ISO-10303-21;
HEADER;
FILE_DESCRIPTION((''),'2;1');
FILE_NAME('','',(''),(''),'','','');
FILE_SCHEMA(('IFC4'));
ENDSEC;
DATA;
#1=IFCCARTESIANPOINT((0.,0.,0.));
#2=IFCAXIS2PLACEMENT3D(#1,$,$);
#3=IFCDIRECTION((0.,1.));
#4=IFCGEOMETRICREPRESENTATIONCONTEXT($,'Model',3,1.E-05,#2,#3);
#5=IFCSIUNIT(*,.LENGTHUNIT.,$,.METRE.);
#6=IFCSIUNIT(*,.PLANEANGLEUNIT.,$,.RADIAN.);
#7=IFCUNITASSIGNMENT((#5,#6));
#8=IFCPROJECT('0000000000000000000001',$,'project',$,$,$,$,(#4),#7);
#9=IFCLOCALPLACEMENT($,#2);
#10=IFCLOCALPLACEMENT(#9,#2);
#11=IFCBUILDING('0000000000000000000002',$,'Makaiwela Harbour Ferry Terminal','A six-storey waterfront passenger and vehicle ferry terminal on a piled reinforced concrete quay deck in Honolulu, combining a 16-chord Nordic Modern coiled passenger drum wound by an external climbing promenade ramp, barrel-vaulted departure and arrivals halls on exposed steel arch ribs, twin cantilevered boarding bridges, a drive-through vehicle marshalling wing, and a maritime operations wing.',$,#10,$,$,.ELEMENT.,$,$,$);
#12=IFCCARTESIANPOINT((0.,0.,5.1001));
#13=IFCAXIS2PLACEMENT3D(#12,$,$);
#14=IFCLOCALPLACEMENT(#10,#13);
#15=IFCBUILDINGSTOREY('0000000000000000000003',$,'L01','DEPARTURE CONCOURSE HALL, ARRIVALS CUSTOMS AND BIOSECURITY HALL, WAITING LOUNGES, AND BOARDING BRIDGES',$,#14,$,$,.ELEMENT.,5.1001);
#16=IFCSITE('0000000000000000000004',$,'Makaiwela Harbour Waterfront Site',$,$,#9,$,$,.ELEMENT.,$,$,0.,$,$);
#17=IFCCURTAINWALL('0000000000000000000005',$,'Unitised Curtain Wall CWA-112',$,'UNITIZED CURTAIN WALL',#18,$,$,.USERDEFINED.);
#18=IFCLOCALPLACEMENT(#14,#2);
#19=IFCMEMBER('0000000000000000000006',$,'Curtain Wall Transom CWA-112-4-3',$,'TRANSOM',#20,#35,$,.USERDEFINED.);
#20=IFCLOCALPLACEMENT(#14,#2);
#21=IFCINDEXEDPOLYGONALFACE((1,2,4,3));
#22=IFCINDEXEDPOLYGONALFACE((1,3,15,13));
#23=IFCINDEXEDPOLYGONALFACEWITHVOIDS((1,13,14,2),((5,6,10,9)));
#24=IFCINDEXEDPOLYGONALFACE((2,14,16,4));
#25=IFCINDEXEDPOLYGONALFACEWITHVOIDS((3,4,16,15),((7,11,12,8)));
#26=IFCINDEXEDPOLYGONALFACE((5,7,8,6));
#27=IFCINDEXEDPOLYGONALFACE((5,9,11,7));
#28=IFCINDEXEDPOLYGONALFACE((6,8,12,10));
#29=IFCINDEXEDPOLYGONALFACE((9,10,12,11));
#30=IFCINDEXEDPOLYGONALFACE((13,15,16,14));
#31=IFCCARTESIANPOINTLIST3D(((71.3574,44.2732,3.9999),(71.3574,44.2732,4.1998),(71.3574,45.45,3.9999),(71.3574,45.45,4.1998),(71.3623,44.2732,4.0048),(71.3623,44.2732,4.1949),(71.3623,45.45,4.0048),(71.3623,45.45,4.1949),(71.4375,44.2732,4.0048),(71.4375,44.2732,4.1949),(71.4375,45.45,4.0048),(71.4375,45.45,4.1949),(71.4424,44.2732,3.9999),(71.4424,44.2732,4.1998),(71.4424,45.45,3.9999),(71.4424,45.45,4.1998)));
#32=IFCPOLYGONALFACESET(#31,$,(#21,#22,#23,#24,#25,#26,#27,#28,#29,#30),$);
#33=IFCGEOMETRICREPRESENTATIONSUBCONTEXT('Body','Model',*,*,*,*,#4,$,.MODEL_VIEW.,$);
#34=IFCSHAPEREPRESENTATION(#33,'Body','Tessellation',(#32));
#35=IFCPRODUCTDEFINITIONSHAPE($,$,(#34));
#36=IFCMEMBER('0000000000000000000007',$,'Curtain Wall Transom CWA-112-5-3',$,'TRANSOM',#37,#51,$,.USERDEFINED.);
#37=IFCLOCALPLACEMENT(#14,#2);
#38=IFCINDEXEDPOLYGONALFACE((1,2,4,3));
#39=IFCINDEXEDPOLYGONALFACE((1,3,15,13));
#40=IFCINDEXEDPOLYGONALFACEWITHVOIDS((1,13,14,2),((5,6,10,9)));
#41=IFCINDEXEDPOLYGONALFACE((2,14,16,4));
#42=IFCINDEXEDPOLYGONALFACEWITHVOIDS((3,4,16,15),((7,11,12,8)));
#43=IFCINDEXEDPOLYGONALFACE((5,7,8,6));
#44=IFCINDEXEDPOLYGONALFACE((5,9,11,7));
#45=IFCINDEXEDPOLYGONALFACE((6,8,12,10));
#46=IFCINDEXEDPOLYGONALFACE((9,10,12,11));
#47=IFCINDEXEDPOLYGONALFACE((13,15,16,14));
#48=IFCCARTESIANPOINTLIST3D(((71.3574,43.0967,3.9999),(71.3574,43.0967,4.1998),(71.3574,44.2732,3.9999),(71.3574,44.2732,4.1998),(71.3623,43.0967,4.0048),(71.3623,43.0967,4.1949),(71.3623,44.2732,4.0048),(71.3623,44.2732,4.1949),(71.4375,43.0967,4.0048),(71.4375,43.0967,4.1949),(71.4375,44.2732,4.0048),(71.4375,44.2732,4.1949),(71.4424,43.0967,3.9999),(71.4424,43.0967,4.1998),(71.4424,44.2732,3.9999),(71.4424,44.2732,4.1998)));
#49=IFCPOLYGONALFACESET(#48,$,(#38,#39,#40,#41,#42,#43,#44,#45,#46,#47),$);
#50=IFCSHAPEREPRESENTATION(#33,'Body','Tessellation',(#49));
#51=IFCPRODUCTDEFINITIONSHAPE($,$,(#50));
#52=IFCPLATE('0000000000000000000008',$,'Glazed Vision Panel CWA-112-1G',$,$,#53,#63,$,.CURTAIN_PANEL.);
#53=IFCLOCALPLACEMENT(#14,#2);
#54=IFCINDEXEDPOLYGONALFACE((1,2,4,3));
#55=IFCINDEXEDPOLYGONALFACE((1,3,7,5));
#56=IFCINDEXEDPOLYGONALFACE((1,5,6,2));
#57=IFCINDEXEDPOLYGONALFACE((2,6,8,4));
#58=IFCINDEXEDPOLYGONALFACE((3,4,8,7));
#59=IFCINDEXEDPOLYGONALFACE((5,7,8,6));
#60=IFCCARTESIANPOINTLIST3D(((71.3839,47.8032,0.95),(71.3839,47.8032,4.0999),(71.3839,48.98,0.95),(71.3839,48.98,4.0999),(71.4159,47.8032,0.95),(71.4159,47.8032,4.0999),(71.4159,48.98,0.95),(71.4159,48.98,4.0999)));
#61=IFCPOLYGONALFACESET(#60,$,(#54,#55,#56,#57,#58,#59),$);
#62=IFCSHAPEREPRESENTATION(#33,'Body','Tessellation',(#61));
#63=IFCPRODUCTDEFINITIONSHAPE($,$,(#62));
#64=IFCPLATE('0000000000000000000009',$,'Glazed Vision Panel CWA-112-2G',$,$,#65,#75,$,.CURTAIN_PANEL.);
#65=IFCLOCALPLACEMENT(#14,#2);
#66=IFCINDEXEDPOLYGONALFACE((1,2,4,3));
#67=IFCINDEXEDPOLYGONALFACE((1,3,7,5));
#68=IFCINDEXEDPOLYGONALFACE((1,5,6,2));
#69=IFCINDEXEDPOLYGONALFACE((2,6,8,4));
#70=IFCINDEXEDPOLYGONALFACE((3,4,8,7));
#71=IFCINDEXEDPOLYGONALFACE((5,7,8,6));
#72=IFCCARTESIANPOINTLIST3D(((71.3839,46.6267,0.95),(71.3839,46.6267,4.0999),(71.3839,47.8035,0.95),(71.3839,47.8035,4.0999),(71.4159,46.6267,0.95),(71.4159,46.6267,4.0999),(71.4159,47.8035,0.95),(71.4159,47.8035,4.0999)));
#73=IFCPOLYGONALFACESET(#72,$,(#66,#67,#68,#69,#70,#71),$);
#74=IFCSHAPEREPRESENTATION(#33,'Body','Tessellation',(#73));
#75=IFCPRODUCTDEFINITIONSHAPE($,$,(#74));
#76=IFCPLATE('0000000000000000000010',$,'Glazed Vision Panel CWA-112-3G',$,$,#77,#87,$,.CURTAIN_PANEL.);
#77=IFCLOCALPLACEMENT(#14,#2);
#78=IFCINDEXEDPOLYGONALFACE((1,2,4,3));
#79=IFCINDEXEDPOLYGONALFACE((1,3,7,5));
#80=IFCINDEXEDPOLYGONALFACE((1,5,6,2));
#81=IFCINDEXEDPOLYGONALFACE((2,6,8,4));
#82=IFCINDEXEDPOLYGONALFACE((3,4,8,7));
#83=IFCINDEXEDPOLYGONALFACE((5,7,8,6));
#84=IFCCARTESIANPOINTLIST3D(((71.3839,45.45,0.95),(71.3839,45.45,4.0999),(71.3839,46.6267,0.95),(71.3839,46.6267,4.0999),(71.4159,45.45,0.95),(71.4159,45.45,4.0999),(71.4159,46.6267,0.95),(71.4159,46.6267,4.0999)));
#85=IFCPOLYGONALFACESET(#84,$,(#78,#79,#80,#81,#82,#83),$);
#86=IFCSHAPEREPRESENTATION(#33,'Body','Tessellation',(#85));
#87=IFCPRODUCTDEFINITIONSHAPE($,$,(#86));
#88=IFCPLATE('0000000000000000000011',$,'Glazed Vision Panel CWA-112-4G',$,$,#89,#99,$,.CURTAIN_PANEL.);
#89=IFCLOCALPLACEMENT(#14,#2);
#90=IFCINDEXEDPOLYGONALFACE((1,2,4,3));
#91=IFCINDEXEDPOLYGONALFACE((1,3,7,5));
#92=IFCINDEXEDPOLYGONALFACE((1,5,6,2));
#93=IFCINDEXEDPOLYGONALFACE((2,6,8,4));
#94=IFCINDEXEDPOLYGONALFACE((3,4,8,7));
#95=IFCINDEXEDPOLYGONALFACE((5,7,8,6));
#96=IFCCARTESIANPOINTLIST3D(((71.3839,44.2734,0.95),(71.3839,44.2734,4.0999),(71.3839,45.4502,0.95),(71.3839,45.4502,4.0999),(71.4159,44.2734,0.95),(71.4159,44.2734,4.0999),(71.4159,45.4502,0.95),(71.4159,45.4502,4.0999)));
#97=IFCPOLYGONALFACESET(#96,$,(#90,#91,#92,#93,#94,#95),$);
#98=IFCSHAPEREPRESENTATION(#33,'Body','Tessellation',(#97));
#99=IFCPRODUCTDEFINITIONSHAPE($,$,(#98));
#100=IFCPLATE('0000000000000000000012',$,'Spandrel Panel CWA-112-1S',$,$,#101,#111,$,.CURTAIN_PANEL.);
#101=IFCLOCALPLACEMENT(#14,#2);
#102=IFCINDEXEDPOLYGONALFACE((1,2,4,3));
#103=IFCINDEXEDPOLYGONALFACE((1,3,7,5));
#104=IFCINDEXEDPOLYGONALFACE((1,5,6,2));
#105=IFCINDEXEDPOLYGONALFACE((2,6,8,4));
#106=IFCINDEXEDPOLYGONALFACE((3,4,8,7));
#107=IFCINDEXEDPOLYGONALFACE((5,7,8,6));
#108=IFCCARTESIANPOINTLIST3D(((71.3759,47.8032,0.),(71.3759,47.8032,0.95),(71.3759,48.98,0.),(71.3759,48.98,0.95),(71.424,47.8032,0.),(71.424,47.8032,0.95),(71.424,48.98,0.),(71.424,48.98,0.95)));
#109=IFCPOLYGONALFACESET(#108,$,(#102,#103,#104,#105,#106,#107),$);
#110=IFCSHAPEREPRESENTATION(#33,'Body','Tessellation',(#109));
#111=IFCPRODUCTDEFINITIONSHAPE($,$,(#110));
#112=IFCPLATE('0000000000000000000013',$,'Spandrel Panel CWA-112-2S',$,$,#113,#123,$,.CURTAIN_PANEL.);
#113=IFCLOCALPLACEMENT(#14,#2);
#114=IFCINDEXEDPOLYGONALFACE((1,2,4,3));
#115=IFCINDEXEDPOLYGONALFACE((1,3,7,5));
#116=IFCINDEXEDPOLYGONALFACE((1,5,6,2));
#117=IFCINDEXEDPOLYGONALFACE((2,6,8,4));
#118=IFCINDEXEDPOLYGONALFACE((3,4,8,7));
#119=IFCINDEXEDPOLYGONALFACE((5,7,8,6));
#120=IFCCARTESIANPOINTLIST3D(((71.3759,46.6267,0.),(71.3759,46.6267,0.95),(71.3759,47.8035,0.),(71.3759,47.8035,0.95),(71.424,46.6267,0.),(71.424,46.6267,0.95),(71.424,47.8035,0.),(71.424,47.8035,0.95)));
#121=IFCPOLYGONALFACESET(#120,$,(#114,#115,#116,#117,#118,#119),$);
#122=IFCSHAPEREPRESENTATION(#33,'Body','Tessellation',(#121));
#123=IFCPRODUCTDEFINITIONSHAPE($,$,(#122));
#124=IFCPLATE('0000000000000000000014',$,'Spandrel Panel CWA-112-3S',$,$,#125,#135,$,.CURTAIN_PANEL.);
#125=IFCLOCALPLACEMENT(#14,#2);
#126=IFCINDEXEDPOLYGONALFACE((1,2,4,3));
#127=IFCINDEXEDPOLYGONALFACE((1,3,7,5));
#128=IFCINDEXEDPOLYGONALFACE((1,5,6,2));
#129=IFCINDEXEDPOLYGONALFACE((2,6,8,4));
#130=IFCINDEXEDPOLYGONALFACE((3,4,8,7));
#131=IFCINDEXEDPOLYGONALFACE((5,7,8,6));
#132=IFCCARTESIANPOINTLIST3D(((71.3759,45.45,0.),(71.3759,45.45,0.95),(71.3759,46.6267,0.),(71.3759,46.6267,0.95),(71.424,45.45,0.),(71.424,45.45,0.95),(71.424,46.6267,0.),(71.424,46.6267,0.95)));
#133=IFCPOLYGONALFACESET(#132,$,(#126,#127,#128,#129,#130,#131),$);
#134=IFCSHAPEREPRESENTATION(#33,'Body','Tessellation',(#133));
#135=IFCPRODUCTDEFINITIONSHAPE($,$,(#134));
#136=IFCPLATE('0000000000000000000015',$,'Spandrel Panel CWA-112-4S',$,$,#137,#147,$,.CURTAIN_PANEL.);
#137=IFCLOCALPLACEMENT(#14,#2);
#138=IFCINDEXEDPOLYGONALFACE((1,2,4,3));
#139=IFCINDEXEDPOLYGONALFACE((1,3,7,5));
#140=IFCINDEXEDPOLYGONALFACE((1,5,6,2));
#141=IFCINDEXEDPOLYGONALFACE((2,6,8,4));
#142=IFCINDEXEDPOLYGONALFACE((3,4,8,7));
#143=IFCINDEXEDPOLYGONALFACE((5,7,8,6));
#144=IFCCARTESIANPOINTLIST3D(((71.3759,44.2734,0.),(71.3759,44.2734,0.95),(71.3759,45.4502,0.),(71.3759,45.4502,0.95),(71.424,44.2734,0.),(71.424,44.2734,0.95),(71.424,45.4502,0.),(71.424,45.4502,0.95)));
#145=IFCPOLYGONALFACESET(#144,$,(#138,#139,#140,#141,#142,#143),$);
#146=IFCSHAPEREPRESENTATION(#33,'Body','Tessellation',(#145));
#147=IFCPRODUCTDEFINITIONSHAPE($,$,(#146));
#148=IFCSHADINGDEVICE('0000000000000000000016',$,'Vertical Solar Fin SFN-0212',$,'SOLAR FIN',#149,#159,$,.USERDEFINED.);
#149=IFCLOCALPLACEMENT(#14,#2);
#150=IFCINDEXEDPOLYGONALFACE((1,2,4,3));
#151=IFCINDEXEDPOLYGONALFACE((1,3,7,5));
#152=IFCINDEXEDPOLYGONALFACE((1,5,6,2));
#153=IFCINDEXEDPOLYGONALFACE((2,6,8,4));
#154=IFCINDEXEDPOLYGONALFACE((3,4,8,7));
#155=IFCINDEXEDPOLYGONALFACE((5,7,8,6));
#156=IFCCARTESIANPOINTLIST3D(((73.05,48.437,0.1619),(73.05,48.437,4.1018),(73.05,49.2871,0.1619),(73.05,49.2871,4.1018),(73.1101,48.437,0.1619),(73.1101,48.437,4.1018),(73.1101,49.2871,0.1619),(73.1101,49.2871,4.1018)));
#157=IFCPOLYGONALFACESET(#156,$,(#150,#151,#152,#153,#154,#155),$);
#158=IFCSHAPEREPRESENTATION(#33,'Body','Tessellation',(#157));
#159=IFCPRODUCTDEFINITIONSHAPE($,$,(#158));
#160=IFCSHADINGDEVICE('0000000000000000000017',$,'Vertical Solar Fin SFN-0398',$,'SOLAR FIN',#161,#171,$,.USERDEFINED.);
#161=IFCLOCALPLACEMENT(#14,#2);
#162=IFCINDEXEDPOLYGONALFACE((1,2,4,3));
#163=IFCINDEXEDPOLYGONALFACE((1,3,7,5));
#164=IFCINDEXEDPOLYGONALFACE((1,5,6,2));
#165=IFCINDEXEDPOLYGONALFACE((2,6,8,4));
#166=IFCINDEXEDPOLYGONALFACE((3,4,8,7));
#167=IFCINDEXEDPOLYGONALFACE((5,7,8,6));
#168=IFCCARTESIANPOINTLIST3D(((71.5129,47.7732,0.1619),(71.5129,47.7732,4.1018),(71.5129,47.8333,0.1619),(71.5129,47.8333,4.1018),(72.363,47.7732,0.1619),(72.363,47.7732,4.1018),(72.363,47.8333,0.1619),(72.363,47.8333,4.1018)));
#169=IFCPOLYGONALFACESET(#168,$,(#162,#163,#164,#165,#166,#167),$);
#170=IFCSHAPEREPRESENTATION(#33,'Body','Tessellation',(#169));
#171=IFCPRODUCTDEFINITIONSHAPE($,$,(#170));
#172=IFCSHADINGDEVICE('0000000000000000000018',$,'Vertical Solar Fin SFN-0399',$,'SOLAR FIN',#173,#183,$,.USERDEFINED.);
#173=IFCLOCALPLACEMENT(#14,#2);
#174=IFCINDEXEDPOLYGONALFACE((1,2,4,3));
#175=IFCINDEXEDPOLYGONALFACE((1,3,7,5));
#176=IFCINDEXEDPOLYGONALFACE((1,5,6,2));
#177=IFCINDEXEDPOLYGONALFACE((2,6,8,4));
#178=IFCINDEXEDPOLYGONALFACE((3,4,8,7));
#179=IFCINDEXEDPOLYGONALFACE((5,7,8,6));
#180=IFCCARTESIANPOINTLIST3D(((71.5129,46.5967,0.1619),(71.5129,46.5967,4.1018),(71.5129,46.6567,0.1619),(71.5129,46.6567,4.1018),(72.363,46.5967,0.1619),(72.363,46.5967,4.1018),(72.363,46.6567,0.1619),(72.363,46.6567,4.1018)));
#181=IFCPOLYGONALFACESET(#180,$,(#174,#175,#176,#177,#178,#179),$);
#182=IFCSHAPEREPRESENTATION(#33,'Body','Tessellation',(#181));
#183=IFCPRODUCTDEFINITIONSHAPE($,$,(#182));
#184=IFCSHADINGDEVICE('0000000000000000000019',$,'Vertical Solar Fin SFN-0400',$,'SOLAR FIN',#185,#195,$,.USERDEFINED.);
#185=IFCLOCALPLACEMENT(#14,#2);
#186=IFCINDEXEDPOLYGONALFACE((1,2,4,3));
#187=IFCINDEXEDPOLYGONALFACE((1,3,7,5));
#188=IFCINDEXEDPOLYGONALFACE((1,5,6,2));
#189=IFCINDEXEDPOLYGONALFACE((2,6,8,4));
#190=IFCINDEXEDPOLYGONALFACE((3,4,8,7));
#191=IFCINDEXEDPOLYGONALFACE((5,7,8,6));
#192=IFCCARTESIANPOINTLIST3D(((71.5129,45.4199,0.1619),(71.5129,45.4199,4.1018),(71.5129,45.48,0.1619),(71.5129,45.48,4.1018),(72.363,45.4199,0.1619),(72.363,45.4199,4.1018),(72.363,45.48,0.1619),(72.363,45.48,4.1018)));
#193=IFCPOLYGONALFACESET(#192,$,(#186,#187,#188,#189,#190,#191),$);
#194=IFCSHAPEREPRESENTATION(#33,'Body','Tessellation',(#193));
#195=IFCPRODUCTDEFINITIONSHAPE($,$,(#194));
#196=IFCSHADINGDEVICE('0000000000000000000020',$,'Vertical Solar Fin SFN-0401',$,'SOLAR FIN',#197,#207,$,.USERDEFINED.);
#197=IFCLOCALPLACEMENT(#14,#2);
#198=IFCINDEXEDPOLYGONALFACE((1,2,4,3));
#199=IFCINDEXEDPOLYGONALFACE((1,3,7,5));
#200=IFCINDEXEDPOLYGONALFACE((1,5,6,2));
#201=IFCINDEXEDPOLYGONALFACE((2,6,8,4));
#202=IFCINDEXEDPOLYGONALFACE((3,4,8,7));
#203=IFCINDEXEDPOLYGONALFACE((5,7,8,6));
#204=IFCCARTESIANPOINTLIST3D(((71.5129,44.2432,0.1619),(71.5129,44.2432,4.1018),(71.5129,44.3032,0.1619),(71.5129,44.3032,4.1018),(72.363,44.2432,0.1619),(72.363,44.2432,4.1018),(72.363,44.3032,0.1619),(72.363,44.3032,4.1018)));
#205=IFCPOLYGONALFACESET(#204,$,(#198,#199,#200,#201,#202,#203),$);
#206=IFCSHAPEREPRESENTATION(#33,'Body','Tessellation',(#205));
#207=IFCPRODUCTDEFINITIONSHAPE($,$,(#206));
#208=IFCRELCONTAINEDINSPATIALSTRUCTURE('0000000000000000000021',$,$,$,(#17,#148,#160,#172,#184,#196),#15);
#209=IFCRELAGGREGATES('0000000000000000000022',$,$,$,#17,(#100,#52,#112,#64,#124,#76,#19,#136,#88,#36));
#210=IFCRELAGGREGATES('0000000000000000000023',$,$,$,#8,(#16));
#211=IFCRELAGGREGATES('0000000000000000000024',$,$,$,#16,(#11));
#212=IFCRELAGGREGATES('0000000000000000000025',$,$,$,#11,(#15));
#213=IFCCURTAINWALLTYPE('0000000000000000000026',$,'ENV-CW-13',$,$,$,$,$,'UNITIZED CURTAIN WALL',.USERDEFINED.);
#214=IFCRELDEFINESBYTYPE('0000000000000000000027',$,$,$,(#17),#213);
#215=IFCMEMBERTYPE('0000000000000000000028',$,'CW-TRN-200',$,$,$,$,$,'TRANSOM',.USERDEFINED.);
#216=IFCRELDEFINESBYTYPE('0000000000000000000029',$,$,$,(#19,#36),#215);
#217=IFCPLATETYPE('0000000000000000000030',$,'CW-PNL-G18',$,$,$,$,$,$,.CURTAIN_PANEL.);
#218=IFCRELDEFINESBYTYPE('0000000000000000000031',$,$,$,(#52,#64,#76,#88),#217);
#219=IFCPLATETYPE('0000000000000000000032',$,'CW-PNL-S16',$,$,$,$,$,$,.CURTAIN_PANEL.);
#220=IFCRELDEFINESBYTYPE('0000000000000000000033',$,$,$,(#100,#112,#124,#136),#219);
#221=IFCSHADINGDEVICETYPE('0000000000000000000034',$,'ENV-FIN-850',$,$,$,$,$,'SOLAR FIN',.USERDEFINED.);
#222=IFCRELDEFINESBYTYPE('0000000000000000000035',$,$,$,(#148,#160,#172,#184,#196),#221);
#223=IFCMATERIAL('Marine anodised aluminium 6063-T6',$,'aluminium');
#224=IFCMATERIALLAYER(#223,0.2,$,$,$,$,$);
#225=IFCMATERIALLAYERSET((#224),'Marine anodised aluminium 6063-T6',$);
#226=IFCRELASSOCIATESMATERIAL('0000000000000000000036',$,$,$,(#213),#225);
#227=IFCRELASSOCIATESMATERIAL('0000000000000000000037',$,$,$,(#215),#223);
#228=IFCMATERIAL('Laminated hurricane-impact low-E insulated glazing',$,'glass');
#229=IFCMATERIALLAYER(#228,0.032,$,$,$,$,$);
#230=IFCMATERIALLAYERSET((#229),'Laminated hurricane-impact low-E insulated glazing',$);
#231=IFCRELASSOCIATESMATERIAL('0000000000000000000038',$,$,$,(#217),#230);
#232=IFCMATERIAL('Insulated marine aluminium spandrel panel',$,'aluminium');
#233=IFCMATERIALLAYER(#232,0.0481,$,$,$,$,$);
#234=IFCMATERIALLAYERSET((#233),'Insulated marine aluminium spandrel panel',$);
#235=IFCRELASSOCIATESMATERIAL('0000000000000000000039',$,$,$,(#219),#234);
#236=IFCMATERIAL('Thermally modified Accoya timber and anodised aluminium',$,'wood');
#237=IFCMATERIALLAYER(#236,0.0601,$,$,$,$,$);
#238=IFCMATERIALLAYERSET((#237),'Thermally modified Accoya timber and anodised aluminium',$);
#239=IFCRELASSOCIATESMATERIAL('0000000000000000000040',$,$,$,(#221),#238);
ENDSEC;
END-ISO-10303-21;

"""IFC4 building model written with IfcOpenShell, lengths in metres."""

from ifc_helpers import new_model, si_unit, direction, frame, origin, origin_2d, place, context, subcontext, project, spatial, rectangle, hollow_rectangle, extrude, material, layer, layer_set, material_profile, profile_set, type_object, element, aggregate, save


model = new_model("IFC4")

# Units and contexts
model_context = context("Model", 3, precision=1e-05, world=origin(), true_north=direction((0.0, 1.0)))
body_context = subcontext(model_context, "Body", "Model", "MODEL_VIEW")
ifc_project = project(units=[si_unit("LENGTHUNIT", "METRE"), si_unit("PLANEANGLEUNIT", "RADIAN")], contexts=[model_context])

# Site, building, storey
site_placement = place(None, origin())
site = spatial("IfcSite", under=ifc_project, at=site_placement, Name="Makaiwela Harbour Waterfront Site", CompositionType="ELEMENT", RefElevation=0.0)
building_placement = place(site_placement, origin())
building = spatial("IfcBuilding", under=site, at=building_placement, Name="Makaiwela Harbour Ferry Terminal", Description="A six-storey waterfront passenger and vehicle ferry terminal on a piled reinforced concrete quay deck in Honolulu, combining a 16-chord Nordic Modern coiled passenger drum wound by an external climbing promenade ramp, barrel-vaulted departure and arrivals halls on exposed steel arch ribs, twin cantilevered boarding bridges, a drive-through vehicle marshalling wing, and a maritime operations wing.", CompositionType="ELEMENT")
storey_placement = place(building_placement, frame((0.0, 0.0, 5.1001)))
storey = spatial("IfcBuildingStorey", under=building, at=storey_placement, Name="L01", Description="DEPARTURE CONCOURSE HALL, ARRIVALS CUSTOMS AND BIOSECURITY HALL, WAITING LOUNGES, AND BOARDING BRIDGES", CompositionType="ELEMENT", Elevation=5.1001)

# Curtain wall, members, plates
ifc_material_1 = material(Name="Marine anodised aluminium 6063-T6", Category="aluminium")
ifc_layer_1 = layer(ifc_material_1, 0.2)
ifc_layer_set_1 = layer_set([ifc_layer_1], Name="Marine anodised aluminium 6063-T6")
curtain_wall_type = type_object("IfcCurtainWallType", Name="ENV-CW-13", ElementType="UNITIZED CURTAIN WALL", PredefinedType="USERDEFINED", material=ifc_layer_set_1)
curtain_wall_placement = place(storey_placement, origin())
curtain_wall = element("IfcCurtainWall", 1, at=curtain_wall_placement, inside=storey, type_object=curtain_wall_type, Name="Unitised Curtain Wall CWA-112", ObjectType="UNITIZED CURTAIN WALL", PredefinedType="USERDEFINED")
ifc_material_profile_1 = material_profile(ifc_material_1, hollow_rectangle(XDim=0.085, YDim=0.2, WallThickness=0.0049, at=origin_2d()), Name="CWT-200X85")
ifc_profile_set_1 = profile_set([ifc_material_profile_1], Name="Marine anodised aluminium 6063-T6")
member_type_1 = type_object("IfcMemberType", Name="CW-TRN-200", ElementType="TRANSOM", PredefinedType="USERDEFINED", material=ifc_profile_set_1)
member_1_placement = place(storey_placement, frame((71.3999, 45.45, 4.0999), z_axis=(0.0, -1.0, 0.0), x_axis=(1.0, 0.0, 0.0)))
member_1 = element("IfcMember", 2, at=member_1_placement, type_object=member_type_1, Name="Curtain Wall Transom CWA-112-4-3", ObjectType="TRANSOM", PredefinedType="USERDEFINED", context=body_context, shape_type="SweptSolid", body=[
    extrude(hollow_rectangle(XDim=0.085, YDim=0.2, WallThickness=0.0049, at=origin_2d()), origin(), (0.0, 0.0, 1.0), 1.1768),
])
member_2_placement = place(storey_placement, frame((71.3999, 44.2732, 4.0999), z_axis=(0.0, -1.0, 0.0), x_axis=(1.0, 0.0, 0.0)))
member_2 = element("IfcMember", 3, at=member_2_placement, type_object=member_type_1, Name="Curtain Wall Transom CWA-112-5-3", ObjectType="TRANSOM", PredefinedType="USERDEFINED", context=body_context, shape_type="SweptSolid", body=[
    extrude(hollow_rectangle(XDim=0.085, YDim=0.2, WallThickness=0.0049, at=origin_2d()), origin(), (0.0, 0.0, 1.0), 1.1765),
])
ifc_material_2 = material(Name="Laminated hurricane-impact low-E insulated glazing", Category="glass")
ifc_layer_2 = layer(ifc_material_2, 0.032)
ifc_layer_set_2 = layer_set([ifc_layer_2], Name="Laminated hurricane-impact low-E insulated glazing")
plate_type_1 = type_object("IfcPlateType", Name="CW-PNL-G18", PredefinedType="CURTAIN_PANEL", material=ifc_layer_set_2)
plate_1_placement = place(storey_placement, frame((71.3999, 48.3916, 0.95), z_axis=(0.0, 0.0, 1.0), x_axis=(0.0, -1.0, 0.0)))
plate_1 = element("IfcPlate", 4, at=plate_1_placement, type_object=plate_type_1, Name="Glazed Vision Panel CWA-112-1G", PredefinedType="CURTAIN_PANEL", context=body_context, shape_type="SweptSolid", body=[
    extrude(rectangle(XDim=1.1768, YDim=0.032, at=origin_2d()), origin(), (0.0, 0.0, 1.0), 3.1499),
])
plate_2_placement = place(storey_placement, frame((71.3999, 47.2151, 0.95), z_axis=(0.0, 0.0, 1.0), x_axis=(0.0, -1.0, 0.0)))
plate_2 = element("IfcPlate", 5, at=plate_2_placement, type_object=plate_type_1, Name="Glazed Vision Panel CWA-112-2G", PredefinedType="CURTAIN_PANEL", context=body_context, shape_type="SweptSolid", body=[
    extrude(rectangle(XDim=1.1768, YDim=0.032, at=origin_2d()), origin(), (0.0, 0.0, 1.0), 3.1499),
])
plate_3_placement = place(storey_placement, frame((71.3999, 46.0383, 0.95), z_axis=(0.0, 0.0, 1.0), x_axis=(0.0, -1.0, 0.0)))
plate_3 = element("IfcPlate", 6, at=plate_3_placement, type_object=plate_type_1, Name="Glazed Vision Panel CWA-112-3G", PredefinedType="CURTAIN_PANEL", context=body_context, shape_type="SweptSolid", body=[
    extrude(rectangle(XDim=1.1768, YDim=0.032, at=origin_2d()), origin(), (0.0, 0.0, 1.0), 3.1499),
])
plate_4_placement = place(storey_placement, frame((71.3999, 44.8618, 0.95), z_axis=(0.0, 0.0, 1.0), x_axis=(0.0, -1.0, 0.0)))
plate_4 = element("IfcPlate", 7, at=plate_4_placement, type_object=plate_type_1, Name="Glazed Vision Panel CWA-112-4G", PredefinedType="CURTAIN_PANEL", context=body_context, shape_type="SweptSolid", body=[
    extrude(rectangle(XDim=1.1768, YDim=0.032, at=origin_2d()), origin(), (0.0, 0.0, 1.0), 3.1499),
])
ifc_material_3 = material(Name="Insulated marine aluminium spandrel panel", Category="aluminium")
ifc_layer_3 = layer(ifc_material_3, 0.0481)
ifc_layer_set_3 = layer_set([ifc_layer_3], Name="Insulated marine aluminium spandrel panel")
plate_type_2 = type_object("IfcPlateType", Name="CW-PNL-S16", PredefinedType="CURTAIN_PANEL", material=ifc_layer_set_3)
plate_5_placement = place(storey_placement, frame((71.3999, 48.3916, 0.0), z_axis=(0.0, 0.0, 1.0), x_axis=(0.0, -1.0, 0.0)))
plate_5 = element("IfcPlate", 8, at=plate_5_placement, type_object=plate_type_2, Name="Spandrel Panel CWA-112-1S", PredefinedType="CURTAIN_PANEL", context=body_context, shape_type="SweptSolid", body=[
    extrude(rectangle(XDim=1.1768, YDim=0.0481, at=origin_2d()), origin(), (0.0, 0.0, 1.0), 0.95),
])
plate_6_placement = place(storey_placement, frame((71.3999, 47.2151, 0.0), z_axis=(0.0, 0.0, 1.0), x_axis=(0.0, -1.0, 0.0)))
plate_6 = element("IfcPlate", 9, at=plate_6_placement, type_object=plate_type_2, Name="Spandrel Panel CWA-112-2S", PredefinedType="CURTAIN_PANEL", context=body_context, shape_type="SweptSolid", body=[
    extrude(rectangle(XDim=1.1768, YDim=0.0481, at=origin_2d()), origin(), (0.0, 0.0, 1.0), 0.95),
])
plate_7_placement = place(storey_placement, frame((71.3999, 46.0383, 0.0), z_axis=(0.0, 0.0, 1.0), x_axis=(0.0, -1.0, 0.0)))
plate_7 = element("IfcPlate", 10, at=plate_7_placement, type_object=plate_type_2, Name="Spandrel Panel CWA-112-3S", PredefinedType="CURTAIN_PANEL", context=body_context, shape_type="SweptSolid", body=[
    extrude(rectangle(XDim=1.1768, YDim=0.0481, at=origin_2d()), origin(), (0.0, 0.0, 1.0), 0.95),
])
plate_8_placement = place(storey_placement, frame((71.3999, 44.8618, 0.0), z_axis=(0.0, 0.0, 1.0), x_axis=(0.0, -1.0, 0.0)))
plate_8 = element("IfcPlate", 11, at=plate_8_placement, type_object=plate_type_2, Name="Spandrel Panel CWA-112-4S", PredefinedType="CURTAIN_PANEL", context=body_context, shape_type="SweptSolid", body=[
    extrude(rectangle(XDim=1.1768, YDim=0.0481, at=origin_2d()), origin(), (0.0, 0.0, 1.0), 0.95),
])
aggregate(curtain_wall, [plate_5, plate_1, plate_6, plate_2, plate_7, plate_3, member_1, plate_8, plate_4, member_2])

# Shading devices
ifc_material_4 = material(Name="Thermally modified Accoya timber and anodised aluminium", Category="wood")
ifc_layer_4 = layer(ifc_material_4, 0.0601)
ifc_layer_set_4 = layer_set([ifc_layer_4], Name="Thermally modified Accoya timber and anodised aluminium")
shading_device_type = type_object("IfcShadingDeviceType", Name="ENV-FIN-850", ElementType="SOLAR FIN", PredefinedType="USERDEFINED", material=ifc_layer_set_4)
for number, where, z_axis, x_axis, name in (
    (12, (73.0801, 48.8621, 0.1619), (0.0, 0.0, 1.0), (0.0, -1.0, 0.0), "Vertical Solar Fin SFN-0212"),
    (13, (71.938, 47.8032, 0.1619), (0.0, 0.0, 1.0), (1.0, 0.0, 0.0), "Vertical Solar Fin SFN-0398"),
    (14, (71.938, 46.6267, 0.1619), (0.0, 0.0, 1.0), (1.0, 0.0, 0.0), "Vertical Solar Fin SFN-0399"),
    (15, (71.938, 45.45, 0.1619), (0.0, 0.0, 1.0), (1.0, 0.0, 0.0), "Vertical Solar Fin SFN-0400"),
    (16, (71.938, 44.2732, 0.1619), (0.0, 0.0, 1.0), (1.0, 0.0, 0.0), "Vertical Solar Fin SFN-0401"),
):
    element("IfcShadingDevice", number, at=place(storey_placement, frame(where, z_axis=z_axis, x_axis=x_axis)), inside=storey, type_object=shading_device_type, Name=name, ObjectType="SOLAR FIN", PredefinedType="USERDEFINED", context=body_context, shape_type="SweptSolid", body=[
        extrude(rectangle(XDim=0.8501, YDim=0.0601, at=origin_2d()), origin(), (0.0, 0.0, 1.0), 3.9399),
    ])

save(model, "model.ifc")
